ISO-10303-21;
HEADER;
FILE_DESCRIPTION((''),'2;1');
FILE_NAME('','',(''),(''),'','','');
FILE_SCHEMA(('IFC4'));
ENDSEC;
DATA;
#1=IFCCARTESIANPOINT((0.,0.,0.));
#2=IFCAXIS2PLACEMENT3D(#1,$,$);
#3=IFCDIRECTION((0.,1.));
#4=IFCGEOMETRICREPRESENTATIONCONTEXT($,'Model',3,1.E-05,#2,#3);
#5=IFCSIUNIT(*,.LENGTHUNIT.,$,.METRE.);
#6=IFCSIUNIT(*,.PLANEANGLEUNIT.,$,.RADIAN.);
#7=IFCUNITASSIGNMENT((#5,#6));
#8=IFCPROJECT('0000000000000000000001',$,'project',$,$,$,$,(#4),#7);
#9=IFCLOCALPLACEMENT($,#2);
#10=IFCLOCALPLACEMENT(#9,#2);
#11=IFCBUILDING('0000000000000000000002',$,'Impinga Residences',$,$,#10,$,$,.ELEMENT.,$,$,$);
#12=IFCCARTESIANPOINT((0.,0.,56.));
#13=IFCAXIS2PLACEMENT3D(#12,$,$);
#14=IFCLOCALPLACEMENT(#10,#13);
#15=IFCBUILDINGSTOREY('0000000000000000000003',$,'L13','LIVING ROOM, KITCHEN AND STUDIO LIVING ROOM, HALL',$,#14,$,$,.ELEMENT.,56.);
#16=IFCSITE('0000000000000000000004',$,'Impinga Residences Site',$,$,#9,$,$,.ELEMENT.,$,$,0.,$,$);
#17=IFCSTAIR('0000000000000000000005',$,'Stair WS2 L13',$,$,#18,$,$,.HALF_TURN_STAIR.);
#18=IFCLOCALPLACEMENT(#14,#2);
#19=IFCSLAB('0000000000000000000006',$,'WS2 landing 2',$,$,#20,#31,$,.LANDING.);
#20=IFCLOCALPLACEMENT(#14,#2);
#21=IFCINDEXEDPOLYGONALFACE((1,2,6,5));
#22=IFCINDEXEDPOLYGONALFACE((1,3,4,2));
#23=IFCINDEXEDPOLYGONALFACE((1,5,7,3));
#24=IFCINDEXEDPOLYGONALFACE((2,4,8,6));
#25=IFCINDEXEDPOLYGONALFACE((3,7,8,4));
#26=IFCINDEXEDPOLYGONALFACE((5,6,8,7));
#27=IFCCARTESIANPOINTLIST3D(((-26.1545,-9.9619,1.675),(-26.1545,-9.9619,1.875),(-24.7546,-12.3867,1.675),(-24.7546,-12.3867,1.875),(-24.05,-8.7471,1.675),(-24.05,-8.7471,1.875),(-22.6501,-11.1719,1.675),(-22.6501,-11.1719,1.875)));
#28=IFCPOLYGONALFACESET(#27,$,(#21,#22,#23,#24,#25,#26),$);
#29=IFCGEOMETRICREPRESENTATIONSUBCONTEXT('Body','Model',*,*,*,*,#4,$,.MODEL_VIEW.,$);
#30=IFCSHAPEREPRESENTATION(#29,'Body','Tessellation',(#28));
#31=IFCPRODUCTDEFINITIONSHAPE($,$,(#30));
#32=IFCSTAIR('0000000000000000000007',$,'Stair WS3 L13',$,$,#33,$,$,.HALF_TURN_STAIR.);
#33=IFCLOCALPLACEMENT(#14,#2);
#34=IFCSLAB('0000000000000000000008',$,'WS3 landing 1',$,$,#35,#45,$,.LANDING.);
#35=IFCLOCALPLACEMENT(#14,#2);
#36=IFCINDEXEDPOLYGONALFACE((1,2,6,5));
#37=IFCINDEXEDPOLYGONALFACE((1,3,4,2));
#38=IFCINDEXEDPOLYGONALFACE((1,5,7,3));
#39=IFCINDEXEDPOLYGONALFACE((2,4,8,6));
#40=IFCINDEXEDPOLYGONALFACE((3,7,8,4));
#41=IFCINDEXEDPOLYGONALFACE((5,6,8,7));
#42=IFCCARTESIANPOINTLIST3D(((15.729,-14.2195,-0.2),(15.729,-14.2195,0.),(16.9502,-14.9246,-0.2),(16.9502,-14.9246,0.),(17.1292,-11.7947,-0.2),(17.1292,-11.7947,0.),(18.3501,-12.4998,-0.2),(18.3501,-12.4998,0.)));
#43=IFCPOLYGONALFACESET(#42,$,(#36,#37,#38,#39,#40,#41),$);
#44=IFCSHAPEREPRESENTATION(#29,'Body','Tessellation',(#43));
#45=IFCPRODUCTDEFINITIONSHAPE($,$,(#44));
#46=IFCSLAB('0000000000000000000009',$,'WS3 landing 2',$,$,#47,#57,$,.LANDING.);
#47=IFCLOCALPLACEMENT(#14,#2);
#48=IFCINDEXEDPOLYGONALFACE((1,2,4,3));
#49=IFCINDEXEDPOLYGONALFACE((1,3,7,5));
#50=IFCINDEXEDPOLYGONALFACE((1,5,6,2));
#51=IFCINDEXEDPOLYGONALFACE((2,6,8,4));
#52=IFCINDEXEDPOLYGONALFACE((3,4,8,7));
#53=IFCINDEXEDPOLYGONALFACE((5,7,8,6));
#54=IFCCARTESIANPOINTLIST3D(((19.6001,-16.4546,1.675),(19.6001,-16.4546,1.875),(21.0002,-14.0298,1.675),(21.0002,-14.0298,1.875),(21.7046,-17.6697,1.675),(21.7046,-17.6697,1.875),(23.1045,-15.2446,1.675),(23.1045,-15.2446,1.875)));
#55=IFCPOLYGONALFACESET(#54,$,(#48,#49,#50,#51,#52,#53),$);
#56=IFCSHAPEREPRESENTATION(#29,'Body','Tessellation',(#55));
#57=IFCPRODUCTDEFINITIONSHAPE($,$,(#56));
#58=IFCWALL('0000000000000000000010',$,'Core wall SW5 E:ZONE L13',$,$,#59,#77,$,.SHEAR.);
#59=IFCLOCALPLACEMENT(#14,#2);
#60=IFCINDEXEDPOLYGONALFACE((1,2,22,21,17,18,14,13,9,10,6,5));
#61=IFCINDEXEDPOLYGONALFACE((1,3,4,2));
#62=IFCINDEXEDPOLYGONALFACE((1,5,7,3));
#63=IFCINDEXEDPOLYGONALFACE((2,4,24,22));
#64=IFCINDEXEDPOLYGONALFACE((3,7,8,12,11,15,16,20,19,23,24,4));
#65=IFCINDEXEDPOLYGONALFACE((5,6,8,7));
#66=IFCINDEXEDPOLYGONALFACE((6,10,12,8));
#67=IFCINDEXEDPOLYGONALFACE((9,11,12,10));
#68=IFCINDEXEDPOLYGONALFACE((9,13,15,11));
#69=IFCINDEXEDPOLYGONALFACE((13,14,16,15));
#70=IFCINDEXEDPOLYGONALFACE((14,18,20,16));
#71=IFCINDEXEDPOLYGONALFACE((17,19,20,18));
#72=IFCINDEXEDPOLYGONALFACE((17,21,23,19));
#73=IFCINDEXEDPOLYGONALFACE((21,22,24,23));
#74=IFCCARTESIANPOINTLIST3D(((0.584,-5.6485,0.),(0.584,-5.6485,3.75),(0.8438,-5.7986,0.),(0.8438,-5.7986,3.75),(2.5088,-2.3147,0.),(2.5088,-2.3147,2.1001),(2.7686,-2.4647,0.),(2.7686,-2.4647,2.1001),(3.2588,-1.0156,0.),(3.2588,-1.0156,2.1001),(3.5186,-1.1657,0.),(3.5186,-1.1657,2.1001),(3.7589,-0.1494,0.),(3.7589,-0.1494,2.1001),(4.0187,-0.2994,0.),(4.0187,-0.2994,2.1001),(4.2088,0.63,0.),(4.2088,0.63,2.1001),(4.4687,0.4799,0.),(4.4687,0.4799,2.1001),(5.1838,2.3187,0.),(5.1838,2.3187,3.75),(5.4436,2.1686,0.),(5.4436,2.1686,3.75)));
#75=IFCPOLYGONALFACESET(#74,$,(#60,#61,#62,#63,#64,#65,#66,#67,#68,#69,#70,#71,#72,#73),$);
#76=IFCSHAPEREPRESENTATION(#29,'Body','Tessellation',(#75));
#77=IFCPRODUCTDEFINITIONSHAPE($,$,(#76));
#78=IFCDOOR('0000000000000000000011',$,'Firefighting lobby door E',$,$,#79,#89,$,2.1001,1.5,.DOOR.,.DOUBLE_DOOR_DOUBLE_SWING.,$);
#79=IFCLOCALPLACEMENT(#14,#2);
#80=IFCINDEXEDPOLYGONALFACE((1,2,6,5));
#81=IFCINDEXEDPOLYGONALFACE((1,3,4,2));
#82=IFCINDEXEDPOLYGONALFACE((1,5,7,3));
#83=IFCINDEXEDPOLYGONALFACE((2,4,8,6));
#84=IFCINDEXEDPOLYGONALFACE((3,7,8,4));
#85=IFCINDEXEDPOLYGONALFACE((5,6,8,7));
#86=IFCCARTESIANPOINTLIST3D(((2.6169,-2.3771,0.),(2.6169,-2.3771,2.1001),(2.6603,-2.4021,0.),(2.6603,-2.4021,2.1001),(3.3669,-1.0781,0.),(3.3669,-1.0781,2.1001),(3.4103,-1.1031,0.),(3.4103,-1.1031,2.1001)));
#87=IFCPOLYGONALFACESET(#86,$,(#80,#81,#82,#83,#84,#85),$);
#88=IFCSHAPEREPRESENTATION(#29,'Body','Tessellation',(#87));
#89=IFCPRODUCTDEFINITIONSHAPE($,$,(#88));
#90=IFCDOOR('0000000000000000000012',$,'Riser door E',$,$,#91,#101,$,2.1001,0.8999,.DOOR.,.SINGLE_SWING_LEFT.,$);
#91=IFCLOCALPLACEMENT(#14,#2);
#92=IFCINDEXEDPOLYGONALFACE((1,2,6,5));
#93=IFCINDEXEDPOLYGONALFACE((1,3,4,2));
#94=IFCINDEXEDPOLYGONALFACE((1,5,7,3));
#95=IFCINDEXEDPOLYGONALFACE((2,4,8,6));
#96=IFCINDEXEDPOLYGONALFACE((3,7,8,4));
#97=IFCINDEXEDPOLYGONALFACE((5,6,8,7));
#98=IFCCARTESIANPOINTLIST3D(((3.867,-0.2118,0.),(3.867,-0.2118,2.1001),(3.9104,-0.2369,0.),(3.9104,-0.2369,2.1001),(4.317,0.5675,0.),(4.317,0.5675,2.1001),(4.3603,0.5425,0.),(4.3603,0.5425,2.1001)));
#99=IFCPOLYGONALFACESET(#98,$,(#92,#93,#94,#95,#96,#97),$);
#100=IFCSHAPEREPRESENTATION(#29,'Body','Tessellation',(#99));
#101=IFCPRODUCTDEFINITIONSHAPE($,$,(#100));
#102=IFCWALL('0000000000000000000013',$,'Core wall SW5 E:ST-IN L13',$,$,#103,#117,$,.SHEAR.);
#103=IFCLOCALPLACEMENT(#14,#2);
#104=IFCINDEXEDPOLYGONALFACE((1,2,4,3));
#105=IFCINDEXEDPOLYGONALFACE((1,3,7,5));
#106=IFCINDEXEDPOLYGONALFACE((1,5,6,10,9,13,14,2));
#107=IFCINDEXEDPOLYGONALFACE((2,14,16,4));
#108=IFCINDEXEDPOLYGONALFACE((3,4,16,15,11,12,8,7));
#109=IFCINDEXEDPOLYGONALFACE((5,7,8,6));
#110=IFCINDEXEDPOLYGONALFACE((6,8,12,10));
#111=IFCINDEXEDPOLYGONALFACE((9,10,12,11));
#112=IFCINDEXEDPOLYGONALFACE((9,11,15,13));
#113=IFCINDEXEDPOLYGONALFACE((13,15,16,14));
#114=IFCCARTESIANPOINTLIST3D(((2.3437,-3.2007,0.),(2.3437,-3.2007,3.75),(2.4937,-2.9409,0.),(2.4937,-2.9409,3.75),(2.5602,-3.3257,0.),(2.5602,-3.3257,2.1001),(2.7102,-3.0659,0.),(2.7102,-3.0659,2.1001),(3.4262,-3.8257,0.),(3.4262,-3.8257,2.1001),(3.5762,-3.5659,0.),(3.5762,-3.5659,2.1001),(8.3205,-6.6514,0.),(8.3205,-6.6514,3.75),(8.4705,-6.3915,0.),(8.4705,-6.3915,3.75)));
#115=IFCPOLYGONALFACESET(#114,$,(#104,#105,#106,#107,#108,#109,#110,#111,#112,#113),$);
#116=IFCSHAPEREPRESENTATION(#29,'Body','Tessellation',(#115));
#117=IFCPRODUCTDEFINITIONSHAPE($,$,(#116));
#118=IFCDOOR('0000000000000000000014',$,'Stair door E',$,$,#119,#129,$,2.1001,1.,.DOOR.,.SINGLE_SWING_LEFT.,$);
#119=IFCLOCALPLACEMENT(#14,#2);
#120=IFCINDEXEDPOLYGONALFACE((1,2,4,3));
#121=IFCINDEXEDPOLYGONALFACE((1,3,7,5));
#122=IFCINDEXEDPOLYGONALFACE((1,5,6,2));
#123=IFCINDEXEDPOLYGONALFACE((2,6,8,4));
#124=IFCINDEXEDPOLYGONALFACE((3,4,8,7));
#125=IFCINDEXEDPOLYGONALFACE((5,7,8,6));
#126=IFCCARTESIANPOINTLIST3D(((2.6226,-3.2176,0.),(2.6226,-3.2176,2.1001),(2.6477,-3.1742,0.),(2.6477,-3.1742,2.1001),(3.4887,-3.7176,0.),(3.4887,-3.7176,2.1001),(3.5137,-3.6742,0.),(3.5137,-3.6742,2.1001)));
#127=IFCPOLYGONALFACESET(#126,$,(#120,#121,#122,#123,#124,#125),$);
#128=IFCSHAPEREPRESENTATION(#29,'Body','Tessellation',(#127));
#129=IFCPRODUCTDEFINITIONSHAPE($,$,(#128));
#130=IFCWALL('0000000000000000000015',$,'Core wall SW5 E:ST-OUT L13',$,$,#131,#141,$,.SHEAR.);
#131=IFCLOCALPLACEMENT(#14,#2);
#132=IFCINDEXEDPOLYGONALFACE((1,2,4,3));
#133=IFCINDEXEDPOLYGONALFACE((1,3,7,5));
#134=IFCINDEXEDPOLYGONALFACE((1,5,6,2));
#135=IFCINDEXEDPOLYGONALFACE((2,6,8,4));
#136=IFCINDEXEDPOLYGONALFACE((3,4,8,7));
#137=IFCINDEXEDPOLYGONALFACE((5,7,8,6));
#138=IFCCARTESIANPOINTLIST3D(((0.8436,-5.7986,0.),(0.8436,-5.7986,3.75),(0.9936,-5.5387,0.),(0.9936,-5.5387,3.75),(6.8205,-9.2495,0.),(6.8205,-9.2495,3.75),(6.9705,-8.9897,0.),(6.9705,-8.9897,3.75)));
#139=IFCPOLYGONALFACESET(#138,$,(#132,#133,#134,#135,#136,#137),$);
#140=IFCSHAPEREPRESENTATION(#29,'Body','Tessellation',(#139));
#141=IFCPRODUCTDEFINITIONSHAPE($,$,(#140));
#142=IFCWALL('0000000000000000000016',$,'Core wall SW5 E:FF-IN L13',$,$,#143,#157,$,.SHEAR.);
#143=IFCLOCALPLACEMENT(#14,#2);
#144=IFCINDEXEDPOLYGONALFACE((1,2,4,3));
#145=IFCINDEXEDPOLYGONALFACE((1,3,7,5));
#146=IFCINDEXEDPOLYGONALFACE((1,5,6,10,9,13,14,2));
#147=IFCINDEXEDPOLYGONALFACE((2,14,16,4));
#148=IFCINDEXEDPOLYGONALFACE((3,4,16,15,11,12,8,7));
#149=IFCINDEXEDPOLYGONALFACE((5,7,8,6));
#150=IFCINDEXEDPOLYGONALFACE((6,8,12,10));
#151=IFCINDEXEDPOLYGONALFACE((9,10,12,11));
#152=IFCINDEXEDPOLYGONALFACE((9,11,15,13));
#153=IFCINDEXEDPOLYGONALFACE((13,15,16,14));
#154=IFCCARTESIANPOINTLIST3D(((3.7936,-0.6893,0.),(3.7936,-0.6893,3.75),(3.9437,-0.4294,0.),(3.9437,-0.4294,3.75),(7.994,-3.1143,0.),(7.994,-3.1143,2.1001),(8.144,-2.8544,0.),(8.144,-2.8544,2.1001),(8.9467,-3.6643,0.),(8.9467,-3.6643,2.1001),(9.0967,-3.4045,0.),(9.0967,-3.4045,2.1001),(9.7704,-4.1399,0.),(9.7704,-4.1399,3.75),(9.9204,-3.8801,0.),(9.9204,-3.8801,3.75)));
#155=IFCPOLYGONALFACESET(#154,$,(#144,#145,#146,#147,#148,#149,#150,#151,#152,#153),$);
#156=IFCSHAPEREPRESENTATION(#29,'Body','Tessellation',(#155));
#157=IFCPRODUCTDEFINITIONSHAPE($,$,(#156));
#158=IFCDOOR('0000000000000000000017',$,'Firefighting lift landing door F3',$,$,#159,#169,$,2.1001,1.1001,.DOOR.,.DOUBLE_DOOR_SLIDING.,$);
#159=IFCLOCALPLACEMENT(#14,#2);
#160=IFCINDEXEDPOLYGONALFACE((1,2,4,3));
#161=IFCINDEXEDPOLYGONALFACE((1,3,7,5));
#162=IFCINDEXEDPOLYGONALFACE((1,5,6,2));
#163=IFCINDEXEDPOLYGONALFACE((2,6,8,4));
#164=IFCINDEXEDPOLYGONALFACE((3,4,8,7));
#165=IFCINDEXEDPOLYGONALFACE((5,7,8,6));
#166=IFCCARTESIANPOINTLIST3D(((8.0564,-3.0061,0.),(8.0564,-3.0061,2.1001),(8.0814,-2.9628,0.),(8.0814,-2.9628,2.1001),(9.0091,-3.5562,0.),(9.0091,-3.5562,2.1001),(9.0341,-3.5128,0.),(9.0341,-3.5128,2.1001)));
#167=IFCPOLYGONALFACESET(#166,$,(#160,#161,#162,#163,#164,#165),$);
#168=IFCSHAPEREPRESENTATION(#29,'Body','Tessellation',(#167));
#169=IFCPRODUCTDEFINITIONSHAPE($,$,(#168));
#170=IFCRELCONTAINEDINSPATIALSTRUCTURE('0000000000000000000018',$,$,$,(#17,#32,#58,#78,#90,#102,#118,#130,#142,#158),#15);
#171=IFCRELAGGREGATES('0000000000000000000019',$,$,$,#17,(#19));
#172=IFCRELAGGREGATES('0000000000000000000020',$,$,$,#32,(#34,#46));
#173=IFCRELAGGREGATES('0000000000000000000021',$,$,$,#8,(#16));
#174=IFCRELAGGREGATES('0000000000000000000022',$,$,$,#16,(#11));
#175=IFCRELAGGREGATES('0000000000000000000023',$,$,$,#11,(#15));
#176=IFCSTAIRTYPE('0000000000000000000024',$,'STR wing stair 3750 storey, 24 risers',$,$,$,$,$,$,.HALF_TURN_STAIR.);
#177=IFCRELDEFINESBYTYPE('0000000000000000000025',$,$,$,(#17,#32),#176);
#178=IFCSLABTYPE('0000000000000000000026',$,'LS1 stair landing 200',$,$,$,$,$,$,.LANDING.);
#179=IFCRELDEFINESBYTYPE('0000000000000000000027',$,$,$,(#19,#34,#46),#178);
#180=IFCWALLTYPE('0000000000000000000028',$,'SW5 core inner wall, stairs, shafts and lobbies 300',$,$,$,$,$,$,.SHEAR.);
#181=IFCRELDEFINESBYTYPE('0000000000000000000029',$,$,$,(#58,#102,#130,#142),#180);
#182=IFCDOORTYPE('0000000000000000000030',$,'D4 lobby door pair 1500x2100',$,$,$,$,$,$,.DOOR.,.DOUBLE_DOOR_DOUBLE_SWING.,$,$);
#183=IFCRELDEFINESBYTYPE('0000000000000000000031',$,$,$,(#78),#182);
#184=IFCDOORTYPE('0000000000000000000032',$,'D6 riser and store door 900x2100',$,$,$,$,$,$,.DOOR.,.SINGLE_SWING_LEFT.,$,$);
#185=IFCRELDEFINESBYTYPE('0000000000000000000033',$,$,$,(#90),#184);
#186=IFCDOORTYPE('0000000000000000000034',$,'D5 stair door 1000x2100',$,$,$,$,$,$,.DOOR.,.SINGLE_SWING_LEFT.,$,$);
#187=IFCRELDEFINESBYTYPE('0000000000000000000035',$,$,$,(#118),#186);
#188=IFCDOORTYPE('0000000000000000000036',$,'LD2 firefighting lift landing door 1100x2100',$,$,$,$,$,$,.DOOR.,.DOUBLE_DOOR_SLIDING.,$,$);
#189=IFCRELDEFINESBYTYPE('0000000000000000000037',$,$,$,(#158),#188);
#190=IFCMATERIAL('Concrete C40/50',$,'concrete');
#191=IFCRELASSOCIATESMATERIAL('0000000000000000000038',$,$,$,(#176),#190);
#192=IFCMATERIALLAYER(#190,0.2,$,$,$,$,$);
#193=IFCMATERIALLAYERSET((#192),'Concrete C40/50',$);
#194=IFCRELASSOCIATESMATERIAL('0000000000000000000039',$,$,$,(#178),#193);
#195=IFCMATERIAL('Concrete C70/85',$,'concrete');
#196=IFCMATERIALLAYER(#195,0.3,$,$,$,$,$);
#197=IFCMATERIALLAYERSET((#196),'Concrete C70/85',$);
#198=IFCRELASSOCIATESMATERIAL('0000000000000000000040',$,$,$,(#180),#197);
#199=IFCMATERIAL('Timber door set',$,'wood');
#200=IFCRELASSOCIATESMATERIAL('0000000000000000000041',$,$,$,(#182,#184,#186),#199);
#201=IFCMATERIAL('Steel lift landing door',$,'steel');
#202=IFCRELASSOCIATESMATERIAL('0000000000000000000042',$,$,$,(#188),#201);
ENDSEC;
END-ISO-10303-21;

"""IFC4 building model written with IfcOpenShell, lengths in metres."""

from ifc_helpers import new_model, si_unit, direction, frame, frame_2d, origin, place, context, subcontext, project, spatial, polyline, rectangle, outline, extrude, material, layer, layer_set, type_object, element, fill, aggregate, save


model = new_model("IFC4")

# Units and contexts
model_context = context("Model", 3, precision=1e-05, world=origin(), true_north=direction((0.0, 1.0)))
body_context = subcontext(model_context, "Body", "Model", "MODEL_VIEW")
ifc_project = project(units=[si_unit("LENGTHUNIT", "METRE"), si_unit("PLANEANGLEUNIT", "RADIAN")], contexts=[model_context])

# Site, building, storey
site_placement = place(None, origin())
site = spatial("IfcSite", under=ifc_project, at=site_placement, Name="Impinga Residences Site", CompositionType="ELEMENT", RefElevation=0.0)
building_placement = place(site_placement, origin())
building = spatial("IfcBuilding", under=site, at=building_placement, Name="Impinga Residences", CompositionType="ELEMENT")
storey_placement = place(building_placement, frame((0.0, 0.0, 56.0)))
storey = spatial("IfcBuildingStorey", under=building, at=storey_placement, Name="L13", Description="LIVING ROOM, KITCHEN AND STUDIO LIVING ROOM, HALL", CompositionType="ELEMENT", Elevation=56.0)

# Stair, slab
ifc_material_1 = material(Name="Concrete C40/50", Category="concrete")
stair_type_1 = type_object("IfcStairType", Name="STR wing stair 3750 storey, 24 risers", PredefinedType="HALF_TURN_STAIR", material=ifc_material_1)
stair_1_placement = place(storey_placement, origin())
stair_1 = element("IfcStair", 1, at=stair_1_placement, inside=storey, type_object=stair_type_1, Name="Stair WS2 L13", PredefinedType="HALF_TURN_STAIR")
ifc_layer_1 = layer(ifc_material_1, 0.2)
ifc_layer_set_1 = layer_set([ifc_layer_1], Name="Concrete C40/50")
slab_type = type_object("IfcSlabType", Name="LS1 stair landing 200", PredefinedType="LANDING", material=ifc_layer_set_1)
slab_1_placement = place(storey_placement, frame((0.0, 0.0, 1.675)))
slab_1 = element("IfcSlab", 2, at=slab_1_placement, type_object=slab_type, Name="WS2 landing 2", PredefinedType="LANDING", context=body_context, shape_type="SweptSolid", body=[
    extrude(outline(polyline([(-22.6501, -11.1719), (-24.05, -8.7471), (-26.1545, -9.9619), (-24.7546, -12.3867), (-22.6501, -11.1719)])), origin(), (0.0, 0.0, 1.0), 0.2),
])
aggregate(stair_1, [slab_1])

# Stair, slabs
stair_2_placement = place(storey_placement, origin())
stair_2 = element("IfcStair", 3, at=stair_2_placement, inside=storey, type_object=stair_type_1, Name="Stair WS3 L13", PredefinedType="HALF_TURN_STAIR")
slab_2_placement = place(storey_placement, frame((0.0, 0.0, -0.2)))
slab_2 = element("IfcSlab", 4, at=slab_2_placement, type_object=slab_type, Name="WS3 landing 1", PredefinedType="LANDING", context=body_context, shape_type="SweptSolid", body=[
    extrude(outline(polyline([(17.1292, -11.7947), (15.729, -14.2195), (16.9502, -14.9246), (18.3501, -12.4998), (17.1292, -11.7947)])), origin(), (0.0, 0.0, 1.0), 0.2),
])
slab_3_placement = place(storey_placement, frame((0.0, 0.0, 1.675)))
slab_3 = element("IfcSlab", 5, at=slab_3_placement, type_object=slab_type, Name="WS3 landing 2", PredefinedType="LANDING", context=body_context, shape_type="SweptSolid", body=[
    extrude(outline(polyline([(21.0002, -14.0298), (19.6001, -16.4546), (21.7046, -17.6697), (23.1045, -15.2446), (21.0002, -14.0298)])), origin(), (0.0, 0.0, 1.0), 0.2),
])
aggregate(stair_2, [slab_2, slab_3])

# Wall, openings, doors
ifc_material_2 = material(Name="Concrete C70/85", Category="concrete")
ifc_layer_2 = layer(ifc_material_2, 0.3)
ifc_layer_set_2 = layer_set([ifc_layer_2], Name="Concrete C70/85")
wall_type = type_object("IfcWallType", Name="SW5 core inner wall, stairs, shafts and lobbies 300", PredefinedType="SHEAR", material=ifc_layer_set_2)
wall_1_placement = place(storey_placement, frame((5.3137, 2.2437, 0.0), z_axis=(0.0, 0.0, 1.0), x_axis=(-0.499995, -0.866028, 0.0)))
wall_1 = element("IfcWall", 6, at=wall_1_placement, inside=storey, type_object=wall_type, Name="Core wall SW5 E:ZONE L13", PredefinedType="SHEAR", context=body_context, shape_type="SweptSolid", body=[
    extrude(rectangle(XDim=9.1997, YDim=0.3, at=frame_2d((4.5999, 0.0))), origin(), (0.0, 0.0, 1.0), 3.75),
])
opening_1_placement = place(wall_1_placement, frame((3.8501, 0.0, 0.0)))
opening_1 = element("IfcOpeningElement", 7, at=opening_1_placement, cuts=wall_1, PredefinedType="OPENING", context=body_context, shape_type="SweptSolid", body=[
    extrude(rectangle(XDim=1.5, YDim=2.1001, at=frame_2d((0.75, 1.05))), frame((0.0, 0.1599, 0.0), z_axis=(0.0, -1.0, 0.0), x_axis=(1.0, 0.0, 0.0)), (0.0, 0.0, 1.0), 0.3201),
])
opening_2_placement = place(wall_1_placement, frame((1.95, 0.0, 0.0)))
opening_2 = element("IfcOpeningElement", 8, at=opening_2_placement, cuts=wall_1, PredefinedType="OPENING", context=body_context, shape_type="SweptSolid", body=[
    extrude(rectangle(XDim=0.8999, YDim=2.1001, at=frame_2d((0.45, 1.05))), frame((0.0, 0.1599, 0.0), z_axis=(0.0, -1.0, 0.0), x_axis=(1.0, 0.0, 0.0)), (0.0, 0.0, 1.0), 0.3201),
])
ifc_material_3 = material(Name="Timber door set", Category="wood")
door_type_1 = type_object("IfcDoorType", Name="D4 lobby door pair 1500x2100", OperationType="DOUBLE_DOOR_DOUBLE_SWING", PredefinedType="DOOR", material=ifc_material_3)
door_1_placement = place(opening_1_placement, origin())
door_1 = element("IfcDoor", 9, at=door_1_placement, inside=storey, type_object=door_type_1, Name="Firefighting lobby door E", OperationType="DOUBLE_DOOR_DOUBLE_SWING", OverallHeight=2.1001, OverallWidth=1.5, PredefinedType="DOOR", context=body_context, shape_type="SweptSolid", body=[
    extrude(rectangle(XDim=1.5, YDim=2.1001, at=frame_2d((0.75, 1.05))), frame((0.0, 0.0249, 0.0), z_axis=(0.0, -1.0, 0.0), x_axis=(1.0, 0.0, 0.0)), (0.0, 0.0, 1.0), 0.05),
])
fill(opening_1, door_1)
door_type_2 = type_object("IfcDoorType", Name="D6 riser and store door 900x2100", OperationType="SINGLE_SWING_LEFT", PredefinedType="DOOR", material=ifc_material_3)
door_2_placement = place(opening_2_placement, origin())
door_2 = element("IfcDoor", 10, at=door_2_placement, inside=storey, type_object=door_type_2, Name="Riser door E", OperationType="SINGLE_SWING_LEFT", OverallHeight=2.1001, OverallWidth=0.8999, PredefinedType="DOOR", context=body_context, shape_type="SweptSolid", body=[
    extrude(rectangle(XDim=0.8999, YDim=2.1001, at=frame_2d((0.45, 1.05))), frame((0.0, 0.0249, 0.0), z_axis=(0.0, -1.0, 0.0), x_axis=(1.0, 0.0, 0.0)), (0.0, 0.0, 1.0), 0.05),
])
fill(opening_2, door_2)

# Wall, opening, door
wall_2_placement = place(storey_placement, frame((2.4187, -3.0708, 0.0), z_axis=(0.0, 0.0, 1.0), x_axis=(0.866027, -0.499997, 0.0)))
wall_2 = element("IfcWall", 11, at=wall_2_placement, inside=storey, type_object=wall_type, Name="Core wall SW5 E:ST-IN L13", PredefinedType="SHEAR", context=body_context, shape_type="SweptSolid", body=[
    extrude(rectangle(XDim=6.9014, YDim=0.3, at=frame_2d((3.4507, 0.0))), origin(), (0.0, 0.0, 1.0), 3.75),
])
opening_3_placement = place(wall_2_placement, frame((0.25, 0.0, 0.0)))
opening_3 = element("IfcOpeningElement", 12, at=opening_3_placement, cuts=wall_2, PredefinedType="OPENING", context=body_context, shape_type="SweptSolid", body=[
    extrude(rectangle(XDim=1.0, YDim=2.1001, at=frame_2d((0.5, 1.05))), frame((0.0, 0.1599, 0.0), z_axis=(0.0, -1.0, 0.0), x_axis=(1.0, 0.0, 0.0)), (0.0, 0.0, 1.0), 0.3201),
])
door_type_3 = type_object("IfcDoorType", Name="D5 stair door 1000x2100", OperationType="SINGLE_SWING_LEFT", PredefinedType="DOOR", material=ifc_material_3)
door_3_placement = place(opening_3_placement, origin())
door_3 = element("IfcDoor", 13, at=door_3_placement, inside=storey, type_object=door_type_3, Name="Stair door E", OperationType="SINGLE_SWING_LEFT", OverallHeight=2.1001, OverallWidth=1.0, PredefinedType="DOOR", context=body_context, shape_type="SweptSolid", body=[
    extrude(rectangle(XDim=1.0, YDim=2.1001, at=frame_2d((0.5, 1.05))), frame((0.0, 0.0249, 0.0), z_axis=(0.0, -1.0, 0.0), x_axis=(1.0, 0.0, 0.0)), (0.0, 0.0, 1.0), 0.05),
])
fill(opening_3, door_3)

# Wall
wall_3_placement = place(storey_placement, frame((0.9187, -5.6687, 0.0), z_axis=(0.0, 0.0, 1.0), x_axis=(0.866012, -0.500024, 0.0)))
element("IfcWall", 14, at=wall_3_placement, inside=storey, type_object=wall_type, Name="Core wall SW5 E:ST-OUT L13", PredefinedType="SHEAR", context=body_context, shape_type="SweptSolid", body=[
    extrude(rectangle(XDim=6.9016, YDim=0.3, at=frame_2d((3.4507, 0.0))), origin(), (0.0, 0.0, 1.0), 3.75),
])

# Wall, opening, door
wall_4_placement = place(storey_placement, frame((3.8687, -0.5593, 0.0), z_axis=(0.0, 0.0, 1.0), x_axis=(0.866027, -0.499997, 0.0)))
wall_4 = element("IfcWall", 15, at=wall_4_placement, inside=storey, type_object=wall_type, Name="Core wall SW5 E:FF-IN L13", PredefinedType="SHEAR", context=body_context, shape_type="SweptSolid", body=[
    extrude(rectangle(XDim=6.9014, YDim=0.3, at=frame_2d((3.4507, 0.0))), origin(), (0.0, 0.0, 1.0), 3.75),
])
opening_4_placement = place(wall_4_placement, frame((4.8501, 0.0, 0.0)))
opening_4 = element("IfcOpeningElement", 16, at=opening_4_placement, cuts=wall_4, PredefinedType="OPENING", context=body_context, shape_type="SweptSolid", body=[
    extrude(rectangle(XDim=1.1001, YDim=2.1001, at=frame_2d((0.55, 1.05))), frame((0.0, 0.1599, 0.0), z_axis=(0.0, -1.0, 0.0), x_axis=(1.0, 0.0, 0.0)), (0.0, 0.0, 1.0), 0.3201),
])
ifc_material_4 = material(Name="Steel lift landing door", Category="steel")
door_type_4 = type_object("IfcDoorType", Name="LD2 firefighting lift landing door 1100x2100", OperationType="DOUBLE_DOOR_SLIDING", PredefinedType="DOOR", material=ifc_material_4)
door_4_placement = place(opening_4_placement, origin())
door_4 = element("IfcDoor", 17, at=door_4_placement, inside=storey, type_object=door_type_4, Name="Firefighting lift landing door F3", OperationType="DOUBLE_DOOR_SLIDING", OverallHeight=2.1001, OverallWidth=1.1001, PredefinedType="DOOR", context=body_context, shape_type="SweptSolid", body=[
    extrude(rectangle(XDim=1.1001, YDim=2.1001, at=frame_2d((0.55, 1.05))), frame((0.0, 0.0249, 0.0), z_axis=(0.0, -1.0, 0.0), x_axis=(1.0, 0.0, 0.0)), (0.0, 0.0, 1.0), 0.05),
])
fill(opening_4, door_4)

save(model, "model.ifc")
